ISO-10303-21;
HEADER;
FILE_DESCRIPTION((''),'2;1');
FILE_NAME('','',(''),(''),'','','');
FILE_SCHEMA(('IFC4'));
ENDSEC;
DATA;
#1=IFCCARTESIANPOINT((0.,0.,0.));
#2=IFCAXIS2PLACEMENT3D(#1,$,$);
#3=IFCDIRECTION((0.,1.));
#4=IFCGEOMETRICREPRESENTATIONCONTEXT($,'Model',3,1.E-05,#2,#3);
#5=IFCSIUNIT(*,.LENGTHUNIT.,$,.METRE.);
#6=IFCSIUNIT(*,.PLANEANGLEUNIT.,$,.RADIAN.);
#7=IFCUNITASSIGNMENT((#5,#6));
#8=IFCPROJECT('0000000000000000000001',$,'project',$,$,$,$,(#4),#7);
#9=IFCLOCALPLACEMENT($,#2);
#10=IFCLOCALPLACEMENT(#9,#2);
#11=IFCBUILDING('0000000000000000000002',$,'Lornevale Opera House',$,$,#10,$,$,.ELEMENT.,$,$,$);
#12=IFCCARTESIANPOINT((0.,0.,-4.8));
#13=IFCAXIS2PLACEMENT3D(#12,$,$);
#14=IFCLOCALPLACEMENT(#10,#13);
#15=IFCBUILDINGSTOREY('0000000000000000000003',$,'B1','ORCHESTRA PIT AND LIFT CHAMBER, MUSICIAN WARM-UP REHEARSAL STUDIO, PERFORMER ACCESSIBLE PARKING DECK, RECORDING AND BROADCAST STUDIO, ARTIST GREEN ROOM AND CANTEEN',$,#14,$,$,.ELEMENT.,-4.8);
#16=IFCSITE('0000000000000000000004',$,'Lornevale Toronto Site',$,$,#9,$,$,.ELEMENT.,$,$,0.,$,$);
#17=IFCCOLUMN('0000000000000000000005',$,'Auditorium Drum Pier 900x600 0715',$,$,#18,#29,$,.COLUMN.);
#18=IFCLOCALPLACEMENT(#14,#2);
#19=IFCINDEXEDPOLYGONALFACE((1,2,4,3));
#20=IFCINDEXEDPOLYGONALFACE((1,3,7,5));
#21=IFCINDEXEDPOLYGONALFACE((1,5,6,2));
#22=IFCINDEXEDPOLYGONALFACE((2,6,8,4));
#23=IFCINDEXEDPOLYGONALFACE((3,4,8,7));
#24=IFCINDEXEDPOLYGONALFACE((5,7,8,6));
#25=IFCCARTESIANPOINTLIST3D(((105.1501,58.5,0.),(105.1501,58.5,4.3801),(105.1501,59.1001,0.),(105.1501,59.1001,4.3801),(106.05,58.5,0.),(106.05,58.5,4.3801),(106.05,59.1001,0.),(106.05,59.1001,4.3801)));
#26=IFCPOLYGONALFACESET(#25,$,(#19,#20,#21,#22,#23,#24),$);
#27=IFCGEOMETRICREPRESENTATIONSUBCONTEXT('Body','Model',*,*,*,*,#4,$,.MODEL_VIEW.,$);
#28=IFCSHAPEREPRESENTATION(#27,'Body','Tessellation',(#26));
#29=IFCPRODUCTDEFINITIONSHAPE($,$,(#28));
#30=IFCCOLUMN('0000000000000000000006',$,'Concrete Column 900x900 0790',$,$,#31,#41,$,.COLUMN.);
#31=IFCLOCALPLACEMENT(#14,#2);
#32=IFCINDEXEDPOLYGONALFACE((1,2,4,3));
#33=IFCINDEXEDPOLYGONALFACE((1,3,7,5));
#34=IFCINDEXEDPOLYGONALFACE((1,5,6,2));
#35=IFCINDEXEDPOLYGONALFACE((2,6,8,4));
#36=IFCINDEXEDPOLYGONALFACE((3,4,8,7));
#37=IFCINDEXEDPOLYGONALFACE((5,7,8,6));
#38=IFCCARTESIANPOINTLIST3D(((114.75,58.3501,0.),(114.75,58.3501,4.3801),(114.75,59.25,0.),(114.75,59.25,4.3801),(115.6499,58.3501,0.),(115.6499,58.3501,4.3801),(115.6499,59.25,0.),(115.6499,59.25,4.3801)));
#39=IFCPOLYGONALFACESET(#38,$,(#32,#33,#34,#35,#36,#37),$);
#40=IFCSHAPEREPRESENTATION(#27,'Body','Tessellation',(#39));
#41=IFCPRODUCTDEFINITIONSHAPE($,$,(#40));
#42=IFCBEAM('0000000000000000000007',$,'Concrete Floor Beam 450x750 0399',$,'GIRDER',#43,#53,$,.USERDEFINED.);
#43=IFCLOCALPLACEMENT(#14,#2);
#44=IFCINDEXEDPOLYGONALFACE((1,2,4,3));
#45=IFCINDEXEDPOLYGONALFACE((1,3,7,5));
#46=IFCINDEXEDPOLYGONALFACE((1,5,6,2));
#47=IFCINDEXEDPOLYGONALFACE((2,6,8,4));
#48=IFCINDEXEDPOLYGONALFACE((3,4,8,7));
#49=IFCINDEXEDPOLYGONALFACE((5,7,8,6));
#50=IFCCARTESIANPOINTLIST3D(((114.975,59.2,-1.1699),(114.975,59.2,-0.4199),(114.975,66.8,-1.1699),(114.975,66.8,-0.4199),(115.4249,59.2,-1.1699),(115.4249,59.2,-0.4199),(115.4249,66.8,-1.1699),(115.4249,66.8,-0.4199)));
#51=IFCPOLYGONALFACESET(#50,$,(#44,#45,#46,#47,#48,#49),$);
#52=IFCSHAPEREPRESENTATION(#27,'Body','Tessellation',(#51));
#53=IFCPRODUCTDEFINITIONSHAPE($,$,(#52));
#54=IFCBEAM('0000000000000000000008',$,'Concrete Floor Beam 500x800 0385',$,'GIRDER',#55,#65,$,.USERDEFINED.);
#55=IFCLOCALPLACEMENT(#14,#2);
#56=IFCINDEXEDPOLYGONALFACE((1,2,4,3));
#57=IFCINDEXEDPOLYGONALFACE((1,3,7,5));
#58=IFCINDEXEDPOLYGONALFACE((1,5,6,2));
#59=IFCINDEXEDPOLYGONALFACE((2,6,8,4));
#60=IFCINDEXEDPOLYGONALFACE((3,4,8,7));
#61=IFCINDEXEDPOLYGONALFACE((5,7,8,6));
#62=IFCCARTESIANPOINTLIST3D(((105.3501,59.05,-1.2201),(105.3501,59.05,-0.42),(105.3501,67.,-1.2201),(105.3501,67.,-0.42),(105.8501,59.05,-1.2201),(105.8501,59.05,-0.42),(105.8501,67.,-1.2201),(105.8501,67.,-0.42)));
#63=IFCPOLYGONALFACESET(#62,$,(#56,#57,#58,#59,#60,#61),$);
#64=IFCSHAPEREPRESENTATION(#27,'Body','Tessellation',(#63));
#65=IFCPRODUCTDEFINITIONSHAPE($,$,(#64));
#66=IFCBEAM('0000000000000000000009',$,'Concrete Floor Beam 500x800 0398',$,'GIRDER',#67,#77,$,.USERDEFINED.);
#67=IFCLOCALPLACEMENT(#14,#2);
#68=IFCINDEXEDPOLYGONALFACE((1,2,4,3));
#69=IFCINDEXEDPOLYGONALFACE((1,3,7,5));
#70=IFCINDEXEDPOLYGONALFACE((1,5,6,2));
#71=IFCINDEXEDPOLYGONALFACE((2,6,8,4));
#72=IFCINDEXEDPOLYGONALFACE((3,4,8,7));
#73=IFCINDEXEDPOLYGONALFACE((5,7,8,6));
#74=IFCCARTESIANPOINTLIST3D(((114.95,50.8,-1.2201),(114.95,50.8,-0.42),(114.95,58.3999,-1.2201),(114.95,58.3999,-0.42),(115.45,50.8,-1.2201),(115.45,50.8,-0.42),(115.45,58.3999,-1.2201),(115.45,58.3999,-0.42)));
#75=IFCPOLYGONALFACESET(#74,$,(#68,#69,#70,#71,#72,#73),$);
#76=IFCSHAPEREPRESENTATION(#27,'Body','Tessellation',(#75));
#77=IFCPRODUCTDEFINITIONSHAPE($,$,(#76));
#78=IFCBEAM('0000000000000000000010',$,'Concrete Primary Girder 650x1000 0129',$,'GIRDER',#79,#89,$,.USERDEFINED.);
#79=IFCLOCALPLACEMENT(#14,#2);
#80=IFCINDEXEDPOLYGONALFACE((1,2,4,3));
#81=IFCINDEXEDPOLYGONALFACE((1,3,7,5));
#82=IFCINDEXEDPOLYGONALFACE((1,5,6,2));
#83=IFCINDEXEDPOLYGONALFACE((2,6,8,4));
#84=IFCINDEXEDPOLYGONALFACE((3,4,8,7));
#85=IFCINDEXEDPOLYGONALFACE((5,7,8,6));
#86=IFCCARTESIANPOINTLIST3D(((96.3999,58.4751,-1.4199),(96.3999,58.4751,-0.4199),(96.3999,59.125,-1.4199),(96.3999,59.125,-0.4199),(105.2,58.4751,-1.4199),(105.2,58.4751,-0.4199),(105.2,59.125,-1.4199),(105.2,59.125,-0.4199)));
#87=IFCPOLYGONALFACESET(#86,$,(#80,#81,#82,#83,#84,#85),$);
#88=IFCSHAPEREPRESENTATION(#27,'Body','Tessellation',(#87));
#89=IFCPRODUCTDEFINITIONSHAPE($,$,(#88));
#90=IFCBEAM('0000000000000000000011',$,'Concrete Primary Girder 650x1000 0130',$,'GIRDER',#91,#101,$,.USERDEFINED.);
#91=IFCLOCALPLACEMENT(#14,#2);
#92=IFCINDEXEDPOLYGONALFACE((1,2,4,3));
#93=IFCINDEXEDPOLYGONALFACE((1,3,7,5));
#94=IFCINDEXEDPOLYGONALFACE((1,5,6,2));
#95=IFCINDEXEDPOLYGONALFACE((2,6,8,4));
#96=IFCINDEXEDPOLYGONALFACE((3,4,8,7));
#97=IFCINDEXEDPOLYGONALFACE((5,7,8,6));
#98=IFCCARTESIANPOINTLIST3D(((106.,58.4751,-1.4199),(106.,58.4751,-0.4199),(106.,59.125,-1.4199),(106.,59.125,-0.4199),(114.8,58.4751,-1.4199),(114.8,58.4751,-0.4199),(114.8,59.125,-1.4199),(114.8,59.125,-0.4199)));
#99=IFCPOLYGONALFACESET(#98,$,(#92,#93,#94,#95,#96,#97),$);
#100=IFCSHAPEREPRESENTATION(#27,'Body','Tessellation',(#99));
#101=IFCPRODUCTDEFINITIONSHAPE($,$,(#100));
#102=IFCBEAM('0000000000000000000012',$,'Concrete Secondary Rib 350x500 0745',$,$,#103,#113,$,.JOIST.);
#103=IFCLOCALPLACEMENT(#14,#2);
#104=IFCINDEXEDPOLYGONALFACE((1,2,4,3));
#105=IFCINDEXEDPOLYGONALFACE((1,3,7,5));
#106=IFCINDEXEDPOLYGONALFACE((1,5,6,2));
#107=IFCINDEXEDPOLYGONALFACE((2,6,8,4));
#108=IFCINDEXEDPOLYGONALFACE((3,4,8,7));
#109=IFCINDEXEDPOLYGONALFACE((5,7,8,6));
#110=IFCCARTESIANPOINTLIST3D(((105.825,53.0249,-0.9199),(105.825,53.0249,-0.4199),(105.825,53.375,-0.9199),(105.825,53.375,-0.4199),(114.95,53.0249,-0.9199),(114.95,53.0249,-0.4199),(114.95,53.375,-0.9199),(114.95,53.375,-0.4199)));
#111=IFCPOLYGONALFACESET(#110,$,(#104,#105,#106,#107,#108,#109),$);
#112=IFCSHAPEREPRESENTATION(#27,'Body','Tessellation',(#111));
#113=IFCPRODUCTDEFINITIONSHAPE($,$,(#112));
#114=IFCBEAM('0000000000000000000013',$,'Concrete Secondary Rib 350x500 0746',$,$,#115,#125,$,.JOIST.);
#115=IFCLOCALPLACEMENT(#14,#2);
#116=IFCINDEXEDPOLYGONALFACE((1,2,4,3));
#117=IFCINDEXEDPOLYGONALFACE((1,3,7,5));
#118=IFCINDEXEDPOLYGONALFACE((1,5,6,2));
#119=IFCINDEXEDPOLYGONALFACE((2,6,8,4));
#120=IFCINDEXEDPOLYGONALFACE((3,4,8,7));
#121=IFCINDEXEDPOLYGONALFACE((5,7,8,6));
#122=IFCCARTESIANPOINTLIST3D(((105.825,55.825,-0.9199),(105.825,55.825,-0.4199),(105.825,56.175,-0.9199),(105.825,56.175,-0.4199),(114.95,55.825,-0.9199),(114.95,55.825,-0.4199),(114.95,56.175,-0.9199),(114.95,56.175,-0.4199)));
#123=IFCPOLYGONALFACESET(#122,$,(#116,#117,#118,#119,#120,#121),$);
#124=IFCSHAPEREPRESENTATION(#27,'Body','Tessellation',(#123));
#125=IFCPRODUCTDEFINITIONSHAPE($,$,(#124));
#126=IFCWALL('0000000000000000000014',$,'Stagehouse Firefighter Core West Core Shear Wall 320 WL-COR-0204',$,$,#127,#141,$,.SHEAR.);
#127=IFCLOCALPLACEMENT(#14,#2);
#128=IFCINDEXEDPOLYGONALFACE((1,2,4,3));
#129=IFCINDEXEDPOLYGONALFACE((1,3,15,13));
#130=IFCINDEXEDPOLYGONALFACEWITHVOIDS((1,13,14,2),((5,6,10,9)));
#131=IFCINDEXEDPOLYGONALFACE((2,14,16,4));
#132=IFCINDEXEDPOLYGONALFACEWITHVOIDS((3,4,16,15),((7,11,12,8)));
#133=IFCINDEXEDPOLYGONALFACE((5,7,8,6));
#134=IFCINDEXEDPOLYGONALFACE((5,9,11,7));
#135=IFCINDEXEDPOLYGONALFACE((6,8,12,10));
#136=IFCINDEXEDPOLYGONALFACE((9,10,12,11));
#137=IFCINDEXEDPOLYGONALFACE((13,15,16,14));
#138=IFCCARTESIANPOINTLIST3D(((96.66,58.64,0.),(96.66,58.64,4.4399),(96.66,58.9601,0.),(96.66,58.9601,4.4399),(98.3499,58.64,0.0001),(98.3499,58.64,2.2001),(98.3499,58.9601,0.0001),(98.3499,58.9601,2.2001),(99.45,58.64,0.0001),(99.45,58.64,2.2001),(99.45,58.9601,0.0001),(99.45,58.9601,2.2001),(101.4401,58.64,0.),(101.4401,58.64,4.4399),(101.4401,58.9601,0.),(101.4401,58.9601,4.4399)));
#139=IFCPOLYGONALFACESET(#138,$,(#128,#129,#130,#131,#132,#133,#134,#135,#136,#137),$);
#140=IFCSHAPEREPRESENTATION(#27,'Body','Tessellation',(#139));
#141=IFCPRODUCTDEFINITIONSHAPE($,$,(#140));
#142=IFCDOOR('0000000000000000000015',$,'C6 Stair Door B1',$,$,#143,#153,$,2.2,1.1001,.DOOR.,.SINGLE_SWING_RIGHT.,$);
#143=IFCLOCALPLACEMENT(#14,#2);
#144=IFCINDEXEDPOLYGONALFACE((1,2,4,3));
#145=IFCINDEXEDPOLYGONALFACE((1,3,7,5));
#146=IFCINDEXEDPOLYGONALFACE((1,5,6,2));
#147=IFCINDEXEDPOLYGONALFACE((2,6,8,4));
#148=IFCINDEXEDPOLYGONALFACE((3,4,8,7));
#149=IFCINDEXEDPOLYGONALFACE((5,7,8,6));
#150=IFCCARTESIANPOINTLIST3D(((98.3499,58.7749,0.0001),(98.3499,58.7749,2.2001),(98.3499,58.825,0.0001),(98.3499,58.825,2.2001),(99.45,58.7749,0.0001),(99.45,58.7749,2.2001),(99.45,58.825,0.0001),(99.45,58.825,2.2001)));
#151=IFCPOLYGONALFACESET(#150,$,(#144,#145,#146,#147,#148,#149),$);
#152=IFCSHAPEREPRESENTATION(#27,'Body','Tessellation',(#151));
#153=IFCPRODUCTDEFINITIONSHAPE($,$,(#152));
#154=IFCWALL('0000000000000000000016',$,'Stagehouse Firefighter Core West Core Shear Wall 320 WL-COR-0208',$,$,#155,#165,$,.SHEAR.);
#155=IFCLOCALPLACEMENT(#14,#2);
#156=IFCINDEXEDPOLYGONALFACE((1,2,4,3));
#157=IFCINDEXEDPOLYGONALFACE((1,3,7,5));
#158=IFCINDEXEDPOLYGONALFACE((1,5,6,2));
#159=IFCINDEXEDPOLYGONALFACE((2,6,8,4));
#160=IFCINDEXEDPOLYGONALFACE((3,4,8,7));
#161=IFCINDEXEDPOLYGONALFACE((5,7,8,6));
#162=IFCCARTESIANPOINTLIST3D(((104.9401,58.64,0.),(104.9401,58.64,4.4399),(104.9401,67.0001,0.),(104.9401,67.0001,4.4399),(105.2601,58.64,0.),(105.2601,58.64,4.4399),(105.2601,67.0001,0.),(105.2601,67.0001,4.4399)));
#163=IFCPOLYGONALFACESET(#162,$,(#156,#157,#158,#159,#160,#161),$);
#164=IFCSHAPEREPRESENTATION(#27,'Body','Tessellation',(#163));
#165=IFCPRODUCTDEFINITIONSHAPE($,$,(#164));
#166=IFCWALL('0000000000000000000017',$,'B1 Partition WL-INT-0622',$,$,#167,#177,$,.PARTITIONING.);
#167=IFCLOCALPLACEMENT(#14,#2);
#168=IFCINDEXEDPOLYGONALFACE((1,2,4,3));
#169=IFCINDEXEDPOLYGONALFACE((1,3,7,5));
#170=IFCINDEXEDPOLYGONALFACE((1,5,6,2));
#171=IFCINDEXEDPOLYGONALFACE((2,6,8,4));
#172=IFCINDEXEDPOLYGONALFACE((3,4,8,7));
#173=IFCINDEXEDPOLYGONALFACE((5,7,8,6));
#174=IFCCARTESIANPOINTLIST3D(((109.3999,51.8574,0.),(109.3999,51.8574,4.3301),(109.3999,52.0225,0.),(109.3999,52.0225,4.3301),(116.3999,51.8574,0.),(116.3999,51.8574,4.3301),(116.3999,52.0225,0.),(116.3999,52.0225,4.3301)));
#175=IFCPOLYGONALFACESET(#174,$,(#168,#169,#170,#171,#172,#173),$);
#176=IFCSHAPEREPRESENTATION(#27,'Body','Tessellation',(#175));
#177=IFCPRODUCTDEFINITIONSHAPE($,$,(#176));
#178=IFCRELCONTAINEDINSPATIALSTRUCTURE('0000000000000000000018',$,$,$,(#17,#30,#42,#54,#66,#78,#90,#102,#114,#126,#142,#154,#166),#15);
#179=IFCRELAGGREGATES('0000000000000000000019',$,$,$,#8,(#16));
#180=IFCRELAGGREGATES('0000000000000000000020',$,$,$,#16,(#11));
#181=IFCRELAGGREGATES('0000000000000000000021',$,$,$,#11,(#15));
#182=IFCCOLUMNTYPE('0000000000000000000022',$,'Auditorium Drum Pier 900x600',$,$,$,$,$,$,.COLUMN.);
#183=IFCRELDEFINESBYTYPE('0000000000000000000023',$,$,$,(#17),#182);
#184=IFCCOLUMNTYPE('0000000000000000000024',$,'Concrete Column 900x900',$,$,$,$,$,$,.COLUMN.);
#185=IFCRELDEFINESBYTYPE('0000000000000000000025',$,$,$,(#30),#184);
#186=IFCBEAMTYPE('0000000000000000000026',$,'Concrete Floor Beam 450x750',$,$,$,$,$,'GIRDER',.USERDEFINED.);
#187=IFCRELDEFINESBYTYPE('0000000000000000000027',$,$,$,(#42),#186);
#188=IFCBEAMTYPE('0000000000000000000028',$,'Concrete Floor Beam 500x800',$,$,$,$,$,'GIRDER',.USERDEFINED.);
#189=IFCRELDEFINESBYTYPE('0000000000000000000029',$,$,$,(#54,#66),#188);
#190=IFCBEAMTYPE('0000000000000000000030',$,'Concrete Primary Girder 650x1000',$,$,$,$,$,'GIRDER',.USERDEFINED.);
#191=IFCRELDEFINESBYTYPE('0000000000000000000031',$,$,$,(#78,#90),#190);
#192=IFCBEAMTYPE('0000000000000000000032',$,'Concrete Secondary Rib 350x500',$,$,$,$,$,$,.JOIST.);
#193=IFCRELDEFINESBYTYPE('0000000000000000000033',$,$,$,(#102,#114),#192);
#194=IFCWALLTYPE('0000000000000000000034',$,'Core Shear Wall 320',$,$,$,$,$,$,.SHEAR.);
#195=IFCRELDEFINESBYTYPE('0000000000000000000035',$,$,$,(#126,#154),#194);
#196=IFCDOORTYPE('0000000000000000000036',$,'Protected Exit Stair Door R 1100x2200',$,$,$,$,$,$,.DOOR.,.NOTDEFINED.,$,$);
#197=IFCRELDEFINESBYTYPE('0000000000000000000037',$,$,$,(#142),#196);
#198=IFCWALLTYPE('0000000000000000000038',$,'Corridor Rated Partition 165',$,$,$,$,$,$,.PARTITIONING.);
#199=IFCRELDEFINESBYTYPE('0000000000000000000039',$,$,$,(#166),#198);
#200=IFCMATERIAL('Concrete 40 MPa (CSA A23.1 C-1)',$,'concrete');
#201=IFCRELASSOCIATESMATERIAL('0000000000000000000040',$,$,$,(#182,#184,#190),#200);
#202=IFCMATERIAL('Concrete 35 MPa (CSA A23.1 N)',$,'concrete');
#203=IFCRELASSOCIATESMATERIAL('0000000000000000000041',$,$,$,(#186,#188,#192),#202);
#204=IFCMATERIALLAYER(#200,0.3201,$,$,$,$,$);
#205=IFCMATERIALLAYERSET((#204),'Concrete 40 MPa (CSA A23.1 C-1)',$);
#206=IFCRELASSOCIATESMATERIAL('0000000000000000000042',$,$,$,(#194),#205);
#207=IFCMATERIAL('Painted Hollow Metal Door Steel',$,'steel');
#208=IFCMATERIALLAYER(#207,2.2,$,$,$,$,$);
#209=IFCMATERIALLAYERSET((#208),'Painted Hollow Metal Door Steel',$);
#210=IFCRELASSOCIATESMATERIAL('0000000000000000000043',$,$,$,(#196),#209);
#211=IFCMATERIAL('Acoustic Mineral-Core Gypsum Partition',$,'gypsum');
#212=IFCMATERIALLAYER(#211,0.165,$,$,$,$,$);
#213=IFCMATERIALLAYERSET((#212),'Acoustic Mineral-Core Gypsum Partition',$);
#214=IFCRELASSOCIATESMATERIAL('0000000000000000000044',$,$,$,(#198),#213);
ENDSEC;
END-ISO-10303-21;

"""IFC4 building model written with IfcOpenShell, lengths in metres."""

from ifc_helpers import new_model, si_unit, direction, frame, frame_2d, origin, origin_2d, place, context, subcontext, project, spatial, rectangle, extrude, material, layer, layer_set, material_profile, profile_set, type_object, element, fill, save


model = new_model("IFC4")

# Units and contexts
model_context = context("Model", 3, precision=1e-05, world=origin(), true_north=direction((0.0, 1.0)))
body_context = subcontext(model_context, "Body", "Model", "MODEL_VIEW")
ifc_project = project(units=[si_unit("LENGTHUNIT", "METRE"), si_unit("PLANEANGLEUNIT", "RADIAN")], contexts=[model_context])

# Site, building, storey
site_placement = place(None, origin())
site = spatial("IfcSite", under=ifc_project, at=site_placement, Name="Lornevale Toronto Site", CompositionType="ELEMENT", RefElevation=0.0)
building_placement = place(site_placement, origin())
building = spatial("IfcBuilding", under=site, at=building_placement, Name="Lornevale Opera House", CompositionType="ELEMENT")
storey_placement = place(building_placement, frame((0.0, 0.0, -4.8)))
storey = spatial("IfcBuildingStorey", under=building, at=storey_placement, Name="B1", Description="ORCHESTRA PIT AND LIFT CHAMBER, MUSICIAN WARM-UP REHEARSAL STUDIO, PERFORMER ACCESSIBLE PARKING DECK, RECORDING AND BROADCAST STUDIO, ARTIST GREEN ROOM AND CANTEEN", CompositionType="ELEMENT", Elevation=-4.8)

# Columns
ifc_material_1 = material(Name="Concrete 40 MPa (CSA A23.1 C-1)", Category="concrete")
ifc_material_profile_1 = material_profile(ifc_material_1, rectangle(XDim=0.8999, YDim=0.6001, at=origin_2d()), Name="RC900x600")
ifc_profile_set_1 = profile_set([ifc_material_profile_1], Name="Concrete 40 MPa (CSA A23.1 C-1)")
column_type_1 = type_object("IfcColumnType", Name="Auditorium Drum Pier 900x600", PredefinedType="COLUMN", material=ifc_profile_set_1)
column_1_placement = place(storey_placement, frame((105.6001, 58.8, 0.0), z_axis=(0.0, 0.0, 1.0), x_axis=(1.0, 0.0, 0.0)))
element("IfcColumn", 1, at=column_1_placement, inside=storey, type_object=column_type_1, Name="Auditorium Drum Pier 900x600 0715", PredefinedType="COLUMN", context=body_context, shape_type="SweptSolid", body=[
    extrude(rectangle(XDim=0.8999, YDim=0.6001, at=origin_2d()), origin(), (0.0, 0.0, 1.0), 4.3801),
])
ifc_material_profile_2 = material_profile(ifc_material_1, rectangle(XDim=0.8999, YDim=0.8999, at=origin_2d()), Name="RC900x900")
ifc_profile_set_2 = profile_set([ifc_material_profile_2], Name="Concrete 40 MPa (CSA A23.1 C-1)")
column_type_2 = type_object("IfcColumnType", Name="Concrete Column 900x900", PredefinedType="COLUMN", material=ifc_profile_set_2)
column_2_placement = place(storey_placement, frame((115.2, 58.8, 0.0), z_axis=(0.0, 0.0, 1.0), x_axis=(1.0, 0.0, 0.0)))
element("IfcColumn", 2, at=column_2_placement, inside=storey, type_object=column_type_2, Name="Concrete Column 900x900 0790", PredefinedType="COLUMN", context=body_context, shape_type="SweptSolid", body=[
    extrude(rectangle(XDim=0.8999, YDim=0.8999, at=origin_2d()), origin(), (0.0, 0.0, 1.0), 4.3801),
])

# Beams
ifc_material_2 = material(Name="Concrete 35 MPa (CSA A23.1 N)", Category="concrete")
ifc_material_profile_3 = material_profile(ifc_material_2, rectangle(XDim=0.45, YDim=0.75, at=origin_2d()), Name="RC450x750")
ifc_profile_set_3 = profile_set([ifc_material_profile_3], Name="Concrete 35 MPa (CSA A23.1 N)")
beam_type_1 = type_object("IfcBeamType", Name="Concrete Floor Beam 450x750", ElementType="GIRDER", PredefinedType="USERDEFINED", material=ifc_profile_set_3)
beam_1_placement = place(storey_placement, frame((115.2, 59.2, -0.7949), z_axis=(0.0, 1.0, 0.0), x_axis=(-1.0, 0.0, 0.0)))
element("IfcBeam", 3, at=beam_1_placement, inside=storey, type_object=beam_type_1, Name="Concrete Floor Beam 450x750 0399", ObjectType="GIRDER", PredefinedType="USERDEFINED", context=body_context, shape_type="SweptSolid", body=[
    extrude(rectangle(XDim=0.45, YDim=0.75, at=origin_2d()), origin(), (0.0, 0.0, 1.0), 7.6001),
])
ifc_material_profile_4 = material_profile(ifc_material_2, rectangle(XDim=0.5, YDim=0.8, at=origin_2d()), Name="RC500x800")
ifc_profile_set_4 = profile_set([ifc_material_profile_4], Name="Concrete 35 MPa (CSA A23.1 N)")
beam_type_2 = type_object("IfcBeamType", Name="Concrete Floor Beam 500x800", ElementType="GIRDER", PredefinedType="USERDEFINED", material=ifc_profile_set_4)
beam_2_placement = place(storey_placement, frame((105.6001, 59.05, -0.8201), z_axis=(0.0, 1.0, 0.0), x_axis=(-1.0, 0.0, 0.0)))
element("IfcBeam", 4, at=beam_2_placement, inside=storey, type_object=beam_type_2, Name="Concrete Floor Beam 500x800 0385", ObjectType="GIRDER", PredefinedType="USERDEFINED", context=body_context, shape_type="SweptSolid", body=[
    extrude(rectangle(XDim=0.5, YDim=0.8, at=origin_2d()), origin(), (0.0, 0.0, 1.0), 7.95),
])
beam_3_placement = place(storey_placement, frame((115.2, 50.8, -0.8201), z_axis=(0.0, 1.0, 0.0), x_axis=(-1.0, 0.0, 0.0)))
element("IfcBeam", 5, at=beam_3_placement, inside=storey, type_object=beam_type_2, Name="Concrete Floor Beam 500x800 0398", ObjectType="GIRDER", PredefinedType="USERDEFINED", context=body_context, shape_type="SweptSolid", body=[
    extrude(rectangle(XDim=0.5, YDim=0.8, at=origin_2d()), origin(), (0.0, 0.0, 1.0), 7.5999),
])
ifc_material_profile_5 = material_profile(ifc_material_1, rectangle(XDim=0.6499, YDim=1.0, at=origin_2d()), Name="RC650x1000")
ifc_profile_set_5 = profile_set([ifc_material_profile_5], Name="Concrete 40 MPa (CSA A23.1 C-1)")
beam_type_3 = type_object("IfcBeamType", Name="Concrete Primary Girder 650x1000", ElementType="GIRDER", PredefinedType="USERDEFINED", material=ifc_profile_set_5)
for number, where, z_axis, x_axis, name in (
    (6, (96.3999, 58.8, -0.9199), (1.0, 0.0, 0.0), (0.0, 1.0, 0.0), "Concrete Primary Girder 650x1000 0129"),
    (7, (106.0, 58.8, -0.9199), (1.0, 0.0, 0.0), (0.0, 1.0, 0.0), "Concrete Primary Girder 650x1000 0130"),
):
    element("IfcBeam", number, at=place(storey_placement, frame(where, z_axis=z_axis, x_axis=x_axis)), inside=storey, type_object=beam_type_3, Name=name, ObjectType="GIRDER", PredefinedType="USERDEFINED", context=body_context, shape_type="SweptSolid", body=[
        extrude(rectangle(XDim=0.6499, YDim=1.0, at=origin_2d()), origin(), (0.0, 0.0, 1.0), 8.8),
    ])
ifc_material_profile_6 = material_profile(ifc_material_2, rectangle(XDim=0.3501, YDim=0.5, at=origin_2d()), Name="RC350x500")
ifc_profile_set_6 = profile_set([ifc_material_profile_6], Name="Concrete 35 MPa (CSA A23.1 N)")
beam_type_4 = type_object("IfcBeamType", Name="Concrete Secondary Rib 350x500", PredefinedType="JOIST", material=ifc_profile_set_6)
for number, where, z_axis, x_axis, name in (
    (8, (105.825, 53.2, -0.6699), (1.0, 0.0, 0.0), (0.0, 1.0, 0.0), "Concrete Secondary Rib 350x500 0745"),
    (9, (105.825, 56.0, -0.6699), (1.0, 0.0, 0.0), (0.0, 1.0, 0.0), "Concrete Secondary Rib 350x500 0746"),
):
    element("IfcBeam", number, at=place(storey_placement, frame(where, z_axis=z_axis, x_axis=x_axis)), inside=storey, type_object=beam_type_4, Name=name, PredefinedType="JOIST", context=body_context, shape_type="SweptSolid", body=[
        extrude(rectangle(XDim=0.3501, YDim=0.5, at=origin_2d()), origin(), (0.0, 0.0, 1.0), 9.125),
    ])

# Wall, opening, door
ifc_layer_1 = layer(ifc_material_1, 0.3201)
ifc_layer_set_1 = layer_set([ifc_layer_1], Name="Concrete 40 MPa (CSA A23.1 C-1)")
wall_type_1 = type_object("IfcWallType", Name="Core Shear Wall 320", PredefinedType="SHEAR", material=ifc_layer_set_1)
wall_1_placement = place(storey_placement, frame((96.6599, 58.8, 0.0), z_axis=(0.0, 0.0, 1.0), x_axis=(1.0, 0.0, 0.0)))
wall_1 = element("IfcWall", 10, at=wall_1_placement, inside=storey, type_object=wall_type_1, Name="Stagehouse Firefighter Core West Core Shear Wall 320 WL-COR-0204", PredefinedType="SHEAR", context=body_context, shape_type="SweptSolid", body=[
    extrude(rectangle(XDim=4.78, YDim=0.3201, at=frame_2d((2.3901, 0.0))), origin(), (0.0, 0.0, 1.0), 4.4399),
])
opening_1_placement = place(wall_1_placement, frame((1.6899, 0.0, 0.0)))
opening_1 = element("IfcOpeningElement", 11, at=opening_1_placement, cuts=wall_1, PredefinedType="OPENING", context=body_context, shape_type="SweptSolid", body=[
    extrude(rectangle(XDim=1.1001, YDim=2.2, at=frame_2d((0.55, 1.1001))), frame((0.0, 0.1699, 0.0), z_axis=(0.0, -1.0, 0.0), x_axis=(1.0, 0.0, 0.0)), (0.0, 0.0, 1.0), 0.3401),
])
ifc_material_3 = material(Name="Painted Hollow Metal Door Steel", Category="steel")
ifc_layer_2 = layer(ifc_material_3, 2.2)
ifc_layer_set_2 = layer_set([ifc_layer_2], Name="Painted Hollow Metal Door Steel")
door_type_1 = type_object("IfcDoorType", Name="Protected Exit Stair Door R 1100x2200", OperationType="NOTDEFINED", PredefinedType="DOOR", material=ifc_layer_set_2)
door_1_placement = place(opening_1_placement, origin())
door_1 = element("IfcDoor", 12, at=door_1_placement, inside=storey, type_object=door_type_1, Name="C6 Stair Door B1", OperationType="SINGLE_SWING_RIGHT", OverallHeight=2.2, OverallWidth=1.1001, PredefinedType="DOOR", context=body_context, shape_type="SweptSolid", body=[
    extrude(rectangle(XDim=1.1001, YDim=2.2, at=frame_2d((0.55, 1.1001))), frame((0.0, 0.0249, 0.0), z_axis=(0.0, -1.0, 0.0), x_axis=(1.0, 0.0, 0.0)), (0.0, 0.0, 1.0), 0.05),
])
fill(opening_1, door_1)

# Walls
wall_2_placement = place(storey_placement, frame((105.1001, 58.6399, 0.0), z_axis=(0.0, 0.0, 1.0), x_axis=(0.0, 1.0, 0.0)))
element("IfcWall", 13, at=wall_2_placement, inside=storey, type_object=wall_type_1, Name="Stagehouse Firefighter Core West Core Shear Wall 320 WL-COR-0208", PredefinedType="SHEAR", context=body_context, shape_type="SweptSolid", body=[
    extrude(rectangle(XDim=8.3601, YDim=0.3201, at=frame_2d((4.1802, 0.0))), origin(), (0.0, 0.0, 1.0), 4.4399),
])
ifc_material_4 = material(Name="Acoustic Mineral-Core Gypsum Partition", Category="gypsum")
ifc_layer_3 = layer(ifc_material_4, 0.165)
ifc_layer_set_3 = layer_set([ifc_layer_3], Name="Acoustic Mineral-Core Gypsum Partition")
wall_type_2 = type_object("IfcWallType", Name="Corridor Rated Partition 165", PredefinedType="PARTITIONING", material=ifc_layer_set_3)
wall_3_placement = place(storey_placement, frame((109.3999, 51.9399, 0.0), z_axis=(0.0, 0.0, 1.0), x_axis=(1.0, 0.0, 0.0)))
element("IfcWall", 14, at=wall_3_placement, inside=storey, type_object=wall_type_2, Name="B1 Partition WL-INT-0622", PredefinedType="PARTITIONING", context=body_context, shape_type="SweptSolid", body=[
    extrude(rectangle(XDim=7.0, YDim=0.165, at=frame_2d((3.5, 0.0))), origin(), (0.0, 0.0, 1.0), 4.3301),
])

save(model, "model.ifc")
